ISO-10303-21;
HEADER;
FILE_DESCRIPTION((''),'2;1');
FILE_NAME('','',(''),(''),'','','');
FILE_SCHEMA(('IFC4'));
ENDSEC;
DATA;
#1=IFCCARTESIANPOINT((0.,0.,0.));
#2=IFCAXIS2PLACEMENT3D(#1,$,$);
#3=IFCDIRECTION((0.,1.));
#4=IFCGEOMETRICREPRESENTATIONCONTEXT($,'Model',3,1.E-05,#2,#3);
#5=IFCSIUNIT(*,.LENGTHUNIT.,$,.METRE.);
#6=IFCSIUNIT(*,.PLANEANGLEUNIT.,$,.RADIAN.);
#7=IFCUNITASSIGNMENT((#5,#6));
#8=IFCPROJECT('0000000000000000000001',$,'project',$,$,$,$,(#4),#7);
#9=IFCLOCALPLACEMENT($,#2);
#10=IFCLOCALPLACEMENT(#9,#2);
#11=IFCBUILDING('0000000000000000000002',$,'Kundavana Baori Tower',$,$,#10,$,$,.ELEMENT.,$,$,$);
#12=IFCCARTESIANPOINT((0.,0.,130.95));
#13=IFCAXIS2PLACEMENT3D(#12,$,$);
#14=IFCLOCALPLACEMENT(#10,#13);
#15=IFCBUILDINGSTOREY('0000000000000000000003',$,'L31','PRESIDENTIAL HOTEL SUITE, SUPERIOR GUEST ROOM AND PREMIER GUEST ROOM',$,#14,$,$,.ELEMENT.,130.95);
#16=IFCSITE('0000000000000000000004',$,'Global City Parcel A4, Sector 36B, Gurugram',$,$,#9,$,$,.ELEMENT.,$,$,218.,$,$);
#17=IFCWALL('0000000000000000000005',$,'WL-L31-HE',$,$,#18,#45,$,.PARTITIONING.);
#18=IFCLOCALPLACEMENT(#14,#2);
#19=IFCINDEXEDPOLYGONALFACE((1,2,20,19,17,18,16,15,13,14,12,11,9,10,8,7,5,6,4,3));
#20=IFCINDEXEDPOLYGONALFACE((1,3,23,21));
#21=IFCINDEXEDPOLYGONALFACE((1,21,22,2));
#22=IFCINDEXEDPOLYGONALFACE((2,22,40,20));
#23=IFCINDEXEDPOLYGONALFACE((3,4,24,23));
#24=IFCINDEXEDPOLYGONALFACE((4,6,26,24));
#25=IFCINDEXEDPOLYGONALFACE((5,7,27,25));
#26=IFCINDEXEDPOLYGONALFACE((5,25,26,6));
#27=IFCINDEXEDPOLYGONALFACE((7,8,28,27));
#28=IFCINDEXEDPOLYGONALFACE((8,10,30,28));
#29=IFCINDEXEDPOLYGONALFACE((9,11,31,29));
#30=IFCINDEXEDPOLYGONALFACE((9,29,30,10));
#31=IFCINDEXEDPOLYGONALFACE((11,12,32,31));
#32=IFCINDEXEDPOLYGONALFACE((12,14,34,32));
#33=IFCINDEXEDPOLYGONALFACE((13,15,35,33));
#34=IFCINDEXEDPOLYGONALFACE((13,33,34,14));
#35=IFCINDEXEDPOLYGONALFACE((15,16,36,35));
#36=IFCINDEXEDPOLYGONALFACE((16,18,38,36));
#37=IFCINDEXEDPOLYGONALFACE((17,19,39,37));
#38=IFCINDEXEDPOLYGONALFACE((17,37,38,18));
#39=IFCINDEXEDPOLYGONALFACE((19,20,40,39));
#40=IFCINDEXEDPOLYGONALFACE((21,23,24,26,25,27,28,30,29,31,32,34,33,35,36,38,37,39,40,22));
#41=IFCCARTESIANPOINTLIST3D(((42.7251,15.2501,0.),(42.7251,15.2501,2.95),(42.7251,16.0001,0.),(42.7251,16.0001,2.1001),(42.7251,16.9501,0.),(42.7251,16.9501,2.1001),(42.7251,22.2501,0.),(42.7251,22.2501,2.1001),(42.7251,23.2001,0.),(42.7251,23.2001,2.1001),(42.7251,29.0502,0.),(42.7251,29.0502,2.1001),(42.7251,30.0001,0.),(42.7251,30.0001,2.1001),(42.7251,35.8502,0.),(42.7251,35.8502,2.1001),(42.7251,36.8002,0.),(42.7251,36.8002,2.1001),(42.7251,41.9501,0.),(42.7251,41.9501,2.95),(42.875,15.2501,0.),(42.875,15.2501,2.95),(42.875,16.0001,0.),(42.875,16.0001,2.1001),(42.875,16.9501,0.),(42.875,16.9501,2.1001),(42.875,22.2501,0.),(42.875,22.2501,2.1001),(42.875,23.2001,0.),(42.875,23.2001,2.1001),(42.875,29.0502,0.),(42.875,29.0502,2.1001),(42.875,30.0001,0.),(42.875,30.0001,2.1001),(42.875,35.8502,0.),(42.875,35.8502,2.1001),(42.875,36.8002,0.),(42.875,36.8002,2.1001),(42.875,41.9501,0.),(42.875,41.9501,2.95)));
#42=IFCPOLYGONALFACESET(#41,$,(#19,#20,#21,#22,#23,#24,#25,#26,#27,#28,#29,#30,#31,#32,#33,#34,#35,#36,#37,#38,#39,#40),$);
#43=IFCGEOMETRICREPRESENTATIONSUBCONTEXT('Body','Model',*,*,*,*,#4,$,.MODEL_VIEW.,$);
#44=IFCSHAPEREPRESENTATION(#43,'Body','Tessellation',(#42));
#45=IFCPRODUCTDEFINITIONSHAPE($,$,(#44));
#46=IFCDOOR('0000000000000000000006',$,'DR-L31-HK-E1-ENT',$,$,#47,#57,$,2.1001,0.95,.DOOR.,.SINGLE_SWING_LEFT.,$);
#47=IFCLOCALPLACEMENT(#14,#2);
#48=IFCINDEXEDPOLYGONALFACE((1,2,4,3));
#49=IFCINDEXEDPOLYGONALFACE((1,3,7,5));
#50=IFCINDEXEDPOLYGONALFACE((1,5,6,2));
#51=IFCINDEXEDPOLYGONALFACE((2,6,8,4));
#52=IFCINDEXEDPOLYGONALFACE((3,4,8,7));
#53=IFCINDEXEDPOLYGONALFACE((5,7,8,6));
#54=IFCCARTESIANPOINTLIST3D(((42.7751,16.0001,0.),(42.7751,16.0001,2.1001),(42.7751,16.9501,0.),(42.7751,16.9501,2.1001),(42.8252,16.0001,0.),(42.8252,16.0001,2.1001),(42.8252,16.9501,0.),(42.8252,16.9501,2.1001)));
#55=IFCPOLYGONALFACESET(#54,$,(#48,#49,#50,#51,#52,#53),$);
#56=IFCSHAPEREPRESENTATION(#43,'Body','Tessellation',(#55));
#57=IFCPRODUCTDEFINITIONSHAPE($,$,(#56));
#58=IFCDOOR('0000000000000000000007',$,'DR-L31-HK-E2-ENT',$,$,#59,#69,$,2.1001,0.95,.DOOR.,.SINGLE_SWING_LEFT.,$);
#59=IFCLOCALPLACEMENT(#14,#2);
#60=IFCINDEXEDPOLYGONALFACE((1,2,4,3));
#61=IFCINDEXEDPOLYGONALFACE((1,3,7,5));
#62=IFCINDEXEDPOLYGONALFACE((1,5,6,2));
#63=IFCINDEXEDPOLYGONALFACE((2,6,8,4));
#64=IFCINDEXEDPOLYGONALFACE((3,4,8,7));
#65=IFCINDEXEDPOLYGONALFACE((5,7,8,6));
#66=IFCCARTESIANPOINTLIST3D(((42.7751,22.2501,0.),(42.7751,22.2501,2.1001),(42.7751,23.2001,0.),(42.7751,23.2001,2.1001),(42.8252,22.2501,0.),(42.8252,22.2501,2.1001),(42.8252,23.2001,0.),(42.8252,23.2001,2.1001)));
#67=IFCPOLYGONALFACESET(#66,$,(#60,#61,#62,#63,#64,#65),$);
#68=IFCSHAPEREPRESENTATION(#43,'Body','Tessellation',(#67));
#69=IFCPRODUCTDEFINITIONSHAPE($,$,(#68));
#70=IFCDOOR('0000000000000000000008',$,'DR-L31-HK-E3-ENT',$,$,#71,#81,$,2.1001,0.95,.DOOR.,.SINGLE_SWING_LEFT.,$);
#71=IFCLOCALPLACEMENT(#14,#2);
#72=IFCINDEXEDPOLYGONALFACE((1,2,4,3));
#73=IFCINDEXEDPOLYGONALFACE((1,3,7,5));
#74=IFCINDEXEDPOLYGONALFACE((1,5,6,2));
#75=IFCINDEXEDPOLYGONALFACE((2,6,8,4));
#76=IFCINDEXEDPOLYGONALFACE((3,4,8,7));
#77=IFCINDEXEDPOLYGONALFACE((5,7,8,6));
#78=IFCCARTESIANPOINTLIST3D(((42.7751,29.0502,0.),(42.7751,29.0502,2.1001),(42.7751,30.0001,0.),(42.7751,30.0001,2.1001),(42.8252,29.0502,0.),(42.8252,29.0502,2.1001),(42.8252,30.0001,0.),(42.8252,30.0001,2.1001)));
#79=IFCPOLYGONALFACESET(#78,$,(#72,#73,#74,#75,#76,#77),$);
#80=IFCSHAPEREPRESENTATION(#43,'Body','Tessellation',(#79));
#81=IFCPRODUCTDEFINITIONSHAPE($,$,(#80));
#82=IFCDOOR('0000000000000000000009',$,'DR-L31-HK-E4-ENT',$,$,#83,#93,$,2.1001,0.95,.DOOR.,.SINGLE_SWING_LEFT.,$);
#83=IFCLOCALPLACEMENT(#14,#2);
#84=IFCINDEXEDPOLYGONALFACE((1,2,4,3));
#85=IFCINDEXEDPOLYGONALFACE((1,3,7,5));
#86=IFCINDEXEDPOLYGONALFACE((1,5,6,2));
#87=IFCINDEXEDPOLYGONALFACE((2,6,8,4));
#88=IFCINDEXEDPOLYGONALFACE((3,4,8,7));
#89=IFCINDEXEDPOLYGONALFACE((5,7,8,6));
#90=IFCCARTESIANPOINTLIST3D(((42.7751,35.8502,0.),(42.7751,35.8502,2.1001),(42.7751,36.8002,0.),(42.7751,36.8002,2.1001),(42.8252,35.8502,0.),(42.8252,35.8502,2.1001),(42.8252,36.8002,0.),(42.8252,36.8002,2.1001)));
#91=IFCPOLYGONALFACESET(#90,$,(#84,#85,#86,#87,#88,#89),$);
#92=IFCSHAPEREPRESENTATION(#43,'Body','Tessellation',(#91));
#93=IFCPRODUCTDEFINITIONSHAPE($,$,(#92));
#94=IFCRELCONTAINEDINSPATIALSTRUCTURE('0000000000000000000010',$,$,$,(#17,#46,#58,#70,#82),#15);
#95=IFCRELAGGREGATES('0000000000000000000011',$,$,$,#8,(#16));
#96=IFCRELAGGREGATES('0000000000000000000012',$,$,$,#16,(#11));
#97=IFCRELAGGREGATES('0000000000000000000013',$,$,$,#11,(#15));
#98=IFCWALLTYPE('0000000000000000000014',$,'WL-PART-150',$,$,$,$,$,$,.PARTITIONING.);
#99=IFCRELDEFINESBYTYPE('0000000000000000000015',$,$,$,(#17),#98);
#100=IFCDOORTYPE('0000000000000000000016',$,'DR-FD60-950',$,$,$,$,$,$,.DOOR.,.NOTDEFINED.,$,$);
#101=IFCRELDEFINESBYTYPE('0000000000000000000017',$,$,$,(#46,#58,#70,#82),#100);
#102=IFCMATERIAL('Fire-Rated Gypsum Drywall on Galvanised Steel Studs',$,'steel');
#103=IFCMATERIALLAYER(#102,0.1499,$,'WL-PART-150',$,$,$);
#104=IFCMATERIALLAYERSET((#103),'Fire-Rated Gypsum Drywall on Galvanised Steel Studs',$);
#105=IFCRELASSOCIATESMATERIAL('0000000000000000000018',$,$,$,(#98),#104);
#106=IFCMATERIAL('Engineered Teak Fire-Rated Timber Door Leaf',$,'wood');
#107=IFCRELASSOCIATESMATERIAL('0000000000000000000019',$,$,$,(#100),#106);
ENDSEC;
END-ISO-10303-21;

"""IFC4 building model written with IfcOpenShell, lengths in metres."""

from ifc_helpers import new_model, si_unit, direction, frame, frame_2d, origin, place, context, subcontext, project, spatial, rectangle, extrude, material, layer, layer_set, type_object, element, fill, save


model = new_model("IFC4")

# Units and contexts
model_context = context("Model", 3, precision=1e-05, world=origin(), true_north=direction((0.0, 1.0)))
body_context = subcontext(model_context, "Body", "Model", "MODEL_VIEW")
ifc_project = project(units=[si_unit("LENGTHUNIT", "METRE"), si_unit("PLANEANGLEUNIT", "RADIAN")], contexts=[model_context])

# Site, building, storey
site_placement = place(None, origin())
site = spatial("IfcSite", under=ifc_project, at=site_placement, Name="Global City Parcel A4, Sector 36B, Gurugram", CompositionType="ELEMENT", RefElevation=218.0)
building_placement = place(site_placement, origin())
building = spatial("IfcBuilding", under=site, at=building_placement, Name="Kundavana Baori Tower", CompositionType="ELEMENT")
storey_placement = place(building_placement, frame((0.0, 0.0, 130.95)))
storey = spatial("IfcBuildingStorey", under=building, at=storey_placement, Name="L31", Description="PRESIDENTIAL HOTEL SUITE, SUPERIOR GUEST ROOM AND PREMIER GUEST ROOM", CompositionType="ELEMENT", Elevation=130.95)

# Wall, openings, doors
ifc_material_1 = material(Name="Fire-Rated Gypsum Drywall on Galvanised Steel Studs", Category="steel")
ifc_layer_1 = layer(ifc_material_1, 0.1499, Name="WL-PART-150")
ifc_layer_set_1 = layer_set([ifc_layer_1], Name="Fire-Rated Gypsum Drywall on Galvanised Steel Studs")
wall_type_1 = type_object("IfcWallType", Name="WL-PART-150", PredefinedType="PARTITIONING", material=ifc_layer_set_1)
wall_1_placement = place(storey_placement, frame((42.8, 15.25, 0.0), z_axis=(0.0, 0.0, 1.0), x_axis=(0.0, 1.0, 0.0)))
wall_1 = element("IfcWall", 1, at=wall_1_placement, inside=storey, type_object=wall_type_1, Name="WL-L31-HE", PredefinedType="PARTITIONING", context=body_context, shape_type="SweptSolid", body=[
    extrude(rectangle(XDim=26.7, YDim=0.1499, at=frame_2d((13.3501, 0.0))), origin(), (0.0, 0.0, 1.0), 2.95),
])
opening_1_placement = place(wall_1_placement, frame((0.75, 0.0, 0.0)))
opening_1 = element("IfcOpeningElement", 2, at=opening_1_placement, cuts=wall_1, PredefinedType="OPENING", context=body_context, shape_type="SweptSolid", body=[
    extrude(rectangle(XDim=0.95, YDim=2.1001, at=frame_2d((0.4751, 1.05))), frame((0.0, 0.085, 0.0), z_axis=(0.0, -1.0, 0.0), x_axis=(1.0, 0.0, 0.0)), (0.0, 0.0, 1.0), 0.1699),
])
opening_2_placement = place(wall_1_placement, frame((7.0, 0.0, 0.0)))
opening_2 = element("IfcOpeningElement", 3, at=opening_2_placement, cuts=wall_1, PredefinedType="OPENING", context=body_context, shape_type="SweptSolid", body=[
    extrude(rectangle(XDim=0.95, YDim=2.1001, at=frame_2d((0.4751, 1.05))), frame((0.0, 0.085, 0.0), z_axis=(0.0, -1.0, 0.0), x_axis=(1.0, 0.0, 0.0)), (0.0, 0.0, 1.0), 0.1699),
])
opening_3_placement = place(wall_1_placement, frame((13.8, 0.0, 0.0)))
opening_3 = element("IfcOpeningElement", 4, at=opening_3_placement, cuts=wall_1, PredefinedType="OPENING", context=body_context, shape_type="SweptSolid", body=[
    extrude(rectangle(XDim=0.95, YDim=2.1001, at=frame_2d((0.4751, 1.05))), frame((0.0, 0.085, 0.0), z_axis=(0.0, -1.0, 0.0), x_axis=(1.0, 0.0, 0.0)), (0.0, 0.0, 1.0), 0.1699),
])
opening_4_placement = place(wall_1_placement, frame((20.6001, 0.0, 0.0)))
opening_4 = element("IfcOpeningElement", 5, at=opening_4_placement, cuts=wall_1, PredefinedType="OPENING", context=body_context, shape_type="SweptSolid", body=[
    extrude(rectangle(XDim=0.95, YDim=2.1001, at=frame_2d((0.4751, 1.05))), frame((0.0, 0.085, 0.0), z_axis=(0.0, -1.0, 0.0), x_axis=(1.0, 0.0, 0.0)), (0.0, 0.0, 1.0), 0.1699),
])
ifc_material_2 = material(Name="Engineered Teak Fire-Rated Timber Door Leaf", Category="wood")
door_type_1 = type_object("IfcDoorType", Name="DR-FD60-950", OperationType="NOTDEFINED", PredefinedType="DOOR", material=ifc_material_2)
door_1_placement = place(opening_1_placement, origin())
door_1 = element("IfcDoor", 6, at=door_1_placement, inside=storey, type_object=door_type_1, Name="DR-L31-HK-E1-ENT", OperationType="SINGLE_SWING_LEFT", OverallHeight=2.1001, OverallWidth=0.95, PredefinedType="DOOR", context=body_context, shape_type="SweptSolid", body=[
    extrude(rectangle(XDim=0.95, YDim=2.1001, at=frame_2d((0.4751, 1.05))), frame((0.0, 0.0249, 0.0), z_axis=(0.0, -1.0, 0.0), x_axis=(1.0, 0.0, 0.0)), (0.0, 0.0, 1.0), 0.05),
])
fill(opening_1, door_1)
door_2_placement = place(opening_2_placement, origin())
door_2 = element("IfcDoor", 7, at=door_2_placement, inside=storey, type_object=door_type_1, Name="DR-L31-HK-E2-ENT", OperationType="SINGLE_SWING_LEFT", OverallHeight=2.1001, OverallWidth=0.95, PredefinedType="DOOR", context=body_context, shape_type="SweptSolid", body=[
    extrude(rectangle(XDim=0.95, YDim=2.1001, at=frame_2d((0.4751, 1.05))), frame((0.0, 0.0249, 0.0), z_axis=(0.0, -1.0, 0.0), x_axis=(1.0, 0.0, 0.0)), (0.0, 0.0, 1.0), 0.05),
])
fill(opening_2, door_2)
door_3_placement = place(opening_3_placement, origin())
door_3 = element("IfcDoor", 8, at=door_3_placement, inside=storey, type_object=door_type_1, Name="DR-L31-HK-E3-ENT", OperationType="SINGLE_SWING_LEFT", OverallHeight=2.1001, OverallWidth=0.95, PredefinedType="DOOR", context=body_context, shape_type="SweptSolid", body=[
    extrude(rectangle(XDim=0.95, YDim=2.1001, at=frame_2d((0.4751, 1.05))), frame((0.0, 0.0249, 0.0), z_axis=(0.0, -1.0, 0.0), x_axis=(1.0, 0.0, 0.0)), (0.0, 0.0, 1.0), 0.05),
])
fill(opening_3, door_3)
door_4_placement = place(opening_4_placement, origin())
door_4 = element("IfcDoor", 9, at=door_4_placement, inside=storey, type_object=door_type_1, Name="DR-L31-HK-E4-ENT", OperationType="SINGLE_SWING_LEFT", OverallHeight=2.1001, OverallWidth=0.95, PredefinedType="DOOR", context=body_context, shape_type="SweptSolid", body=[
    extrude(rectangle(XDim=0.95, YDim=2.1001, at=frame_2d((0.4751, 1.05))), frame((0.0, 0.0249, 0.0), z_axis=(0.0, -1.0, 0.0), x_axis=(1.0, 0.0, 0.0)), (0.0, 0.0, 1.0), 0.05),
])
fill(opening_4, door_4)

save(model, "model.ifc")
